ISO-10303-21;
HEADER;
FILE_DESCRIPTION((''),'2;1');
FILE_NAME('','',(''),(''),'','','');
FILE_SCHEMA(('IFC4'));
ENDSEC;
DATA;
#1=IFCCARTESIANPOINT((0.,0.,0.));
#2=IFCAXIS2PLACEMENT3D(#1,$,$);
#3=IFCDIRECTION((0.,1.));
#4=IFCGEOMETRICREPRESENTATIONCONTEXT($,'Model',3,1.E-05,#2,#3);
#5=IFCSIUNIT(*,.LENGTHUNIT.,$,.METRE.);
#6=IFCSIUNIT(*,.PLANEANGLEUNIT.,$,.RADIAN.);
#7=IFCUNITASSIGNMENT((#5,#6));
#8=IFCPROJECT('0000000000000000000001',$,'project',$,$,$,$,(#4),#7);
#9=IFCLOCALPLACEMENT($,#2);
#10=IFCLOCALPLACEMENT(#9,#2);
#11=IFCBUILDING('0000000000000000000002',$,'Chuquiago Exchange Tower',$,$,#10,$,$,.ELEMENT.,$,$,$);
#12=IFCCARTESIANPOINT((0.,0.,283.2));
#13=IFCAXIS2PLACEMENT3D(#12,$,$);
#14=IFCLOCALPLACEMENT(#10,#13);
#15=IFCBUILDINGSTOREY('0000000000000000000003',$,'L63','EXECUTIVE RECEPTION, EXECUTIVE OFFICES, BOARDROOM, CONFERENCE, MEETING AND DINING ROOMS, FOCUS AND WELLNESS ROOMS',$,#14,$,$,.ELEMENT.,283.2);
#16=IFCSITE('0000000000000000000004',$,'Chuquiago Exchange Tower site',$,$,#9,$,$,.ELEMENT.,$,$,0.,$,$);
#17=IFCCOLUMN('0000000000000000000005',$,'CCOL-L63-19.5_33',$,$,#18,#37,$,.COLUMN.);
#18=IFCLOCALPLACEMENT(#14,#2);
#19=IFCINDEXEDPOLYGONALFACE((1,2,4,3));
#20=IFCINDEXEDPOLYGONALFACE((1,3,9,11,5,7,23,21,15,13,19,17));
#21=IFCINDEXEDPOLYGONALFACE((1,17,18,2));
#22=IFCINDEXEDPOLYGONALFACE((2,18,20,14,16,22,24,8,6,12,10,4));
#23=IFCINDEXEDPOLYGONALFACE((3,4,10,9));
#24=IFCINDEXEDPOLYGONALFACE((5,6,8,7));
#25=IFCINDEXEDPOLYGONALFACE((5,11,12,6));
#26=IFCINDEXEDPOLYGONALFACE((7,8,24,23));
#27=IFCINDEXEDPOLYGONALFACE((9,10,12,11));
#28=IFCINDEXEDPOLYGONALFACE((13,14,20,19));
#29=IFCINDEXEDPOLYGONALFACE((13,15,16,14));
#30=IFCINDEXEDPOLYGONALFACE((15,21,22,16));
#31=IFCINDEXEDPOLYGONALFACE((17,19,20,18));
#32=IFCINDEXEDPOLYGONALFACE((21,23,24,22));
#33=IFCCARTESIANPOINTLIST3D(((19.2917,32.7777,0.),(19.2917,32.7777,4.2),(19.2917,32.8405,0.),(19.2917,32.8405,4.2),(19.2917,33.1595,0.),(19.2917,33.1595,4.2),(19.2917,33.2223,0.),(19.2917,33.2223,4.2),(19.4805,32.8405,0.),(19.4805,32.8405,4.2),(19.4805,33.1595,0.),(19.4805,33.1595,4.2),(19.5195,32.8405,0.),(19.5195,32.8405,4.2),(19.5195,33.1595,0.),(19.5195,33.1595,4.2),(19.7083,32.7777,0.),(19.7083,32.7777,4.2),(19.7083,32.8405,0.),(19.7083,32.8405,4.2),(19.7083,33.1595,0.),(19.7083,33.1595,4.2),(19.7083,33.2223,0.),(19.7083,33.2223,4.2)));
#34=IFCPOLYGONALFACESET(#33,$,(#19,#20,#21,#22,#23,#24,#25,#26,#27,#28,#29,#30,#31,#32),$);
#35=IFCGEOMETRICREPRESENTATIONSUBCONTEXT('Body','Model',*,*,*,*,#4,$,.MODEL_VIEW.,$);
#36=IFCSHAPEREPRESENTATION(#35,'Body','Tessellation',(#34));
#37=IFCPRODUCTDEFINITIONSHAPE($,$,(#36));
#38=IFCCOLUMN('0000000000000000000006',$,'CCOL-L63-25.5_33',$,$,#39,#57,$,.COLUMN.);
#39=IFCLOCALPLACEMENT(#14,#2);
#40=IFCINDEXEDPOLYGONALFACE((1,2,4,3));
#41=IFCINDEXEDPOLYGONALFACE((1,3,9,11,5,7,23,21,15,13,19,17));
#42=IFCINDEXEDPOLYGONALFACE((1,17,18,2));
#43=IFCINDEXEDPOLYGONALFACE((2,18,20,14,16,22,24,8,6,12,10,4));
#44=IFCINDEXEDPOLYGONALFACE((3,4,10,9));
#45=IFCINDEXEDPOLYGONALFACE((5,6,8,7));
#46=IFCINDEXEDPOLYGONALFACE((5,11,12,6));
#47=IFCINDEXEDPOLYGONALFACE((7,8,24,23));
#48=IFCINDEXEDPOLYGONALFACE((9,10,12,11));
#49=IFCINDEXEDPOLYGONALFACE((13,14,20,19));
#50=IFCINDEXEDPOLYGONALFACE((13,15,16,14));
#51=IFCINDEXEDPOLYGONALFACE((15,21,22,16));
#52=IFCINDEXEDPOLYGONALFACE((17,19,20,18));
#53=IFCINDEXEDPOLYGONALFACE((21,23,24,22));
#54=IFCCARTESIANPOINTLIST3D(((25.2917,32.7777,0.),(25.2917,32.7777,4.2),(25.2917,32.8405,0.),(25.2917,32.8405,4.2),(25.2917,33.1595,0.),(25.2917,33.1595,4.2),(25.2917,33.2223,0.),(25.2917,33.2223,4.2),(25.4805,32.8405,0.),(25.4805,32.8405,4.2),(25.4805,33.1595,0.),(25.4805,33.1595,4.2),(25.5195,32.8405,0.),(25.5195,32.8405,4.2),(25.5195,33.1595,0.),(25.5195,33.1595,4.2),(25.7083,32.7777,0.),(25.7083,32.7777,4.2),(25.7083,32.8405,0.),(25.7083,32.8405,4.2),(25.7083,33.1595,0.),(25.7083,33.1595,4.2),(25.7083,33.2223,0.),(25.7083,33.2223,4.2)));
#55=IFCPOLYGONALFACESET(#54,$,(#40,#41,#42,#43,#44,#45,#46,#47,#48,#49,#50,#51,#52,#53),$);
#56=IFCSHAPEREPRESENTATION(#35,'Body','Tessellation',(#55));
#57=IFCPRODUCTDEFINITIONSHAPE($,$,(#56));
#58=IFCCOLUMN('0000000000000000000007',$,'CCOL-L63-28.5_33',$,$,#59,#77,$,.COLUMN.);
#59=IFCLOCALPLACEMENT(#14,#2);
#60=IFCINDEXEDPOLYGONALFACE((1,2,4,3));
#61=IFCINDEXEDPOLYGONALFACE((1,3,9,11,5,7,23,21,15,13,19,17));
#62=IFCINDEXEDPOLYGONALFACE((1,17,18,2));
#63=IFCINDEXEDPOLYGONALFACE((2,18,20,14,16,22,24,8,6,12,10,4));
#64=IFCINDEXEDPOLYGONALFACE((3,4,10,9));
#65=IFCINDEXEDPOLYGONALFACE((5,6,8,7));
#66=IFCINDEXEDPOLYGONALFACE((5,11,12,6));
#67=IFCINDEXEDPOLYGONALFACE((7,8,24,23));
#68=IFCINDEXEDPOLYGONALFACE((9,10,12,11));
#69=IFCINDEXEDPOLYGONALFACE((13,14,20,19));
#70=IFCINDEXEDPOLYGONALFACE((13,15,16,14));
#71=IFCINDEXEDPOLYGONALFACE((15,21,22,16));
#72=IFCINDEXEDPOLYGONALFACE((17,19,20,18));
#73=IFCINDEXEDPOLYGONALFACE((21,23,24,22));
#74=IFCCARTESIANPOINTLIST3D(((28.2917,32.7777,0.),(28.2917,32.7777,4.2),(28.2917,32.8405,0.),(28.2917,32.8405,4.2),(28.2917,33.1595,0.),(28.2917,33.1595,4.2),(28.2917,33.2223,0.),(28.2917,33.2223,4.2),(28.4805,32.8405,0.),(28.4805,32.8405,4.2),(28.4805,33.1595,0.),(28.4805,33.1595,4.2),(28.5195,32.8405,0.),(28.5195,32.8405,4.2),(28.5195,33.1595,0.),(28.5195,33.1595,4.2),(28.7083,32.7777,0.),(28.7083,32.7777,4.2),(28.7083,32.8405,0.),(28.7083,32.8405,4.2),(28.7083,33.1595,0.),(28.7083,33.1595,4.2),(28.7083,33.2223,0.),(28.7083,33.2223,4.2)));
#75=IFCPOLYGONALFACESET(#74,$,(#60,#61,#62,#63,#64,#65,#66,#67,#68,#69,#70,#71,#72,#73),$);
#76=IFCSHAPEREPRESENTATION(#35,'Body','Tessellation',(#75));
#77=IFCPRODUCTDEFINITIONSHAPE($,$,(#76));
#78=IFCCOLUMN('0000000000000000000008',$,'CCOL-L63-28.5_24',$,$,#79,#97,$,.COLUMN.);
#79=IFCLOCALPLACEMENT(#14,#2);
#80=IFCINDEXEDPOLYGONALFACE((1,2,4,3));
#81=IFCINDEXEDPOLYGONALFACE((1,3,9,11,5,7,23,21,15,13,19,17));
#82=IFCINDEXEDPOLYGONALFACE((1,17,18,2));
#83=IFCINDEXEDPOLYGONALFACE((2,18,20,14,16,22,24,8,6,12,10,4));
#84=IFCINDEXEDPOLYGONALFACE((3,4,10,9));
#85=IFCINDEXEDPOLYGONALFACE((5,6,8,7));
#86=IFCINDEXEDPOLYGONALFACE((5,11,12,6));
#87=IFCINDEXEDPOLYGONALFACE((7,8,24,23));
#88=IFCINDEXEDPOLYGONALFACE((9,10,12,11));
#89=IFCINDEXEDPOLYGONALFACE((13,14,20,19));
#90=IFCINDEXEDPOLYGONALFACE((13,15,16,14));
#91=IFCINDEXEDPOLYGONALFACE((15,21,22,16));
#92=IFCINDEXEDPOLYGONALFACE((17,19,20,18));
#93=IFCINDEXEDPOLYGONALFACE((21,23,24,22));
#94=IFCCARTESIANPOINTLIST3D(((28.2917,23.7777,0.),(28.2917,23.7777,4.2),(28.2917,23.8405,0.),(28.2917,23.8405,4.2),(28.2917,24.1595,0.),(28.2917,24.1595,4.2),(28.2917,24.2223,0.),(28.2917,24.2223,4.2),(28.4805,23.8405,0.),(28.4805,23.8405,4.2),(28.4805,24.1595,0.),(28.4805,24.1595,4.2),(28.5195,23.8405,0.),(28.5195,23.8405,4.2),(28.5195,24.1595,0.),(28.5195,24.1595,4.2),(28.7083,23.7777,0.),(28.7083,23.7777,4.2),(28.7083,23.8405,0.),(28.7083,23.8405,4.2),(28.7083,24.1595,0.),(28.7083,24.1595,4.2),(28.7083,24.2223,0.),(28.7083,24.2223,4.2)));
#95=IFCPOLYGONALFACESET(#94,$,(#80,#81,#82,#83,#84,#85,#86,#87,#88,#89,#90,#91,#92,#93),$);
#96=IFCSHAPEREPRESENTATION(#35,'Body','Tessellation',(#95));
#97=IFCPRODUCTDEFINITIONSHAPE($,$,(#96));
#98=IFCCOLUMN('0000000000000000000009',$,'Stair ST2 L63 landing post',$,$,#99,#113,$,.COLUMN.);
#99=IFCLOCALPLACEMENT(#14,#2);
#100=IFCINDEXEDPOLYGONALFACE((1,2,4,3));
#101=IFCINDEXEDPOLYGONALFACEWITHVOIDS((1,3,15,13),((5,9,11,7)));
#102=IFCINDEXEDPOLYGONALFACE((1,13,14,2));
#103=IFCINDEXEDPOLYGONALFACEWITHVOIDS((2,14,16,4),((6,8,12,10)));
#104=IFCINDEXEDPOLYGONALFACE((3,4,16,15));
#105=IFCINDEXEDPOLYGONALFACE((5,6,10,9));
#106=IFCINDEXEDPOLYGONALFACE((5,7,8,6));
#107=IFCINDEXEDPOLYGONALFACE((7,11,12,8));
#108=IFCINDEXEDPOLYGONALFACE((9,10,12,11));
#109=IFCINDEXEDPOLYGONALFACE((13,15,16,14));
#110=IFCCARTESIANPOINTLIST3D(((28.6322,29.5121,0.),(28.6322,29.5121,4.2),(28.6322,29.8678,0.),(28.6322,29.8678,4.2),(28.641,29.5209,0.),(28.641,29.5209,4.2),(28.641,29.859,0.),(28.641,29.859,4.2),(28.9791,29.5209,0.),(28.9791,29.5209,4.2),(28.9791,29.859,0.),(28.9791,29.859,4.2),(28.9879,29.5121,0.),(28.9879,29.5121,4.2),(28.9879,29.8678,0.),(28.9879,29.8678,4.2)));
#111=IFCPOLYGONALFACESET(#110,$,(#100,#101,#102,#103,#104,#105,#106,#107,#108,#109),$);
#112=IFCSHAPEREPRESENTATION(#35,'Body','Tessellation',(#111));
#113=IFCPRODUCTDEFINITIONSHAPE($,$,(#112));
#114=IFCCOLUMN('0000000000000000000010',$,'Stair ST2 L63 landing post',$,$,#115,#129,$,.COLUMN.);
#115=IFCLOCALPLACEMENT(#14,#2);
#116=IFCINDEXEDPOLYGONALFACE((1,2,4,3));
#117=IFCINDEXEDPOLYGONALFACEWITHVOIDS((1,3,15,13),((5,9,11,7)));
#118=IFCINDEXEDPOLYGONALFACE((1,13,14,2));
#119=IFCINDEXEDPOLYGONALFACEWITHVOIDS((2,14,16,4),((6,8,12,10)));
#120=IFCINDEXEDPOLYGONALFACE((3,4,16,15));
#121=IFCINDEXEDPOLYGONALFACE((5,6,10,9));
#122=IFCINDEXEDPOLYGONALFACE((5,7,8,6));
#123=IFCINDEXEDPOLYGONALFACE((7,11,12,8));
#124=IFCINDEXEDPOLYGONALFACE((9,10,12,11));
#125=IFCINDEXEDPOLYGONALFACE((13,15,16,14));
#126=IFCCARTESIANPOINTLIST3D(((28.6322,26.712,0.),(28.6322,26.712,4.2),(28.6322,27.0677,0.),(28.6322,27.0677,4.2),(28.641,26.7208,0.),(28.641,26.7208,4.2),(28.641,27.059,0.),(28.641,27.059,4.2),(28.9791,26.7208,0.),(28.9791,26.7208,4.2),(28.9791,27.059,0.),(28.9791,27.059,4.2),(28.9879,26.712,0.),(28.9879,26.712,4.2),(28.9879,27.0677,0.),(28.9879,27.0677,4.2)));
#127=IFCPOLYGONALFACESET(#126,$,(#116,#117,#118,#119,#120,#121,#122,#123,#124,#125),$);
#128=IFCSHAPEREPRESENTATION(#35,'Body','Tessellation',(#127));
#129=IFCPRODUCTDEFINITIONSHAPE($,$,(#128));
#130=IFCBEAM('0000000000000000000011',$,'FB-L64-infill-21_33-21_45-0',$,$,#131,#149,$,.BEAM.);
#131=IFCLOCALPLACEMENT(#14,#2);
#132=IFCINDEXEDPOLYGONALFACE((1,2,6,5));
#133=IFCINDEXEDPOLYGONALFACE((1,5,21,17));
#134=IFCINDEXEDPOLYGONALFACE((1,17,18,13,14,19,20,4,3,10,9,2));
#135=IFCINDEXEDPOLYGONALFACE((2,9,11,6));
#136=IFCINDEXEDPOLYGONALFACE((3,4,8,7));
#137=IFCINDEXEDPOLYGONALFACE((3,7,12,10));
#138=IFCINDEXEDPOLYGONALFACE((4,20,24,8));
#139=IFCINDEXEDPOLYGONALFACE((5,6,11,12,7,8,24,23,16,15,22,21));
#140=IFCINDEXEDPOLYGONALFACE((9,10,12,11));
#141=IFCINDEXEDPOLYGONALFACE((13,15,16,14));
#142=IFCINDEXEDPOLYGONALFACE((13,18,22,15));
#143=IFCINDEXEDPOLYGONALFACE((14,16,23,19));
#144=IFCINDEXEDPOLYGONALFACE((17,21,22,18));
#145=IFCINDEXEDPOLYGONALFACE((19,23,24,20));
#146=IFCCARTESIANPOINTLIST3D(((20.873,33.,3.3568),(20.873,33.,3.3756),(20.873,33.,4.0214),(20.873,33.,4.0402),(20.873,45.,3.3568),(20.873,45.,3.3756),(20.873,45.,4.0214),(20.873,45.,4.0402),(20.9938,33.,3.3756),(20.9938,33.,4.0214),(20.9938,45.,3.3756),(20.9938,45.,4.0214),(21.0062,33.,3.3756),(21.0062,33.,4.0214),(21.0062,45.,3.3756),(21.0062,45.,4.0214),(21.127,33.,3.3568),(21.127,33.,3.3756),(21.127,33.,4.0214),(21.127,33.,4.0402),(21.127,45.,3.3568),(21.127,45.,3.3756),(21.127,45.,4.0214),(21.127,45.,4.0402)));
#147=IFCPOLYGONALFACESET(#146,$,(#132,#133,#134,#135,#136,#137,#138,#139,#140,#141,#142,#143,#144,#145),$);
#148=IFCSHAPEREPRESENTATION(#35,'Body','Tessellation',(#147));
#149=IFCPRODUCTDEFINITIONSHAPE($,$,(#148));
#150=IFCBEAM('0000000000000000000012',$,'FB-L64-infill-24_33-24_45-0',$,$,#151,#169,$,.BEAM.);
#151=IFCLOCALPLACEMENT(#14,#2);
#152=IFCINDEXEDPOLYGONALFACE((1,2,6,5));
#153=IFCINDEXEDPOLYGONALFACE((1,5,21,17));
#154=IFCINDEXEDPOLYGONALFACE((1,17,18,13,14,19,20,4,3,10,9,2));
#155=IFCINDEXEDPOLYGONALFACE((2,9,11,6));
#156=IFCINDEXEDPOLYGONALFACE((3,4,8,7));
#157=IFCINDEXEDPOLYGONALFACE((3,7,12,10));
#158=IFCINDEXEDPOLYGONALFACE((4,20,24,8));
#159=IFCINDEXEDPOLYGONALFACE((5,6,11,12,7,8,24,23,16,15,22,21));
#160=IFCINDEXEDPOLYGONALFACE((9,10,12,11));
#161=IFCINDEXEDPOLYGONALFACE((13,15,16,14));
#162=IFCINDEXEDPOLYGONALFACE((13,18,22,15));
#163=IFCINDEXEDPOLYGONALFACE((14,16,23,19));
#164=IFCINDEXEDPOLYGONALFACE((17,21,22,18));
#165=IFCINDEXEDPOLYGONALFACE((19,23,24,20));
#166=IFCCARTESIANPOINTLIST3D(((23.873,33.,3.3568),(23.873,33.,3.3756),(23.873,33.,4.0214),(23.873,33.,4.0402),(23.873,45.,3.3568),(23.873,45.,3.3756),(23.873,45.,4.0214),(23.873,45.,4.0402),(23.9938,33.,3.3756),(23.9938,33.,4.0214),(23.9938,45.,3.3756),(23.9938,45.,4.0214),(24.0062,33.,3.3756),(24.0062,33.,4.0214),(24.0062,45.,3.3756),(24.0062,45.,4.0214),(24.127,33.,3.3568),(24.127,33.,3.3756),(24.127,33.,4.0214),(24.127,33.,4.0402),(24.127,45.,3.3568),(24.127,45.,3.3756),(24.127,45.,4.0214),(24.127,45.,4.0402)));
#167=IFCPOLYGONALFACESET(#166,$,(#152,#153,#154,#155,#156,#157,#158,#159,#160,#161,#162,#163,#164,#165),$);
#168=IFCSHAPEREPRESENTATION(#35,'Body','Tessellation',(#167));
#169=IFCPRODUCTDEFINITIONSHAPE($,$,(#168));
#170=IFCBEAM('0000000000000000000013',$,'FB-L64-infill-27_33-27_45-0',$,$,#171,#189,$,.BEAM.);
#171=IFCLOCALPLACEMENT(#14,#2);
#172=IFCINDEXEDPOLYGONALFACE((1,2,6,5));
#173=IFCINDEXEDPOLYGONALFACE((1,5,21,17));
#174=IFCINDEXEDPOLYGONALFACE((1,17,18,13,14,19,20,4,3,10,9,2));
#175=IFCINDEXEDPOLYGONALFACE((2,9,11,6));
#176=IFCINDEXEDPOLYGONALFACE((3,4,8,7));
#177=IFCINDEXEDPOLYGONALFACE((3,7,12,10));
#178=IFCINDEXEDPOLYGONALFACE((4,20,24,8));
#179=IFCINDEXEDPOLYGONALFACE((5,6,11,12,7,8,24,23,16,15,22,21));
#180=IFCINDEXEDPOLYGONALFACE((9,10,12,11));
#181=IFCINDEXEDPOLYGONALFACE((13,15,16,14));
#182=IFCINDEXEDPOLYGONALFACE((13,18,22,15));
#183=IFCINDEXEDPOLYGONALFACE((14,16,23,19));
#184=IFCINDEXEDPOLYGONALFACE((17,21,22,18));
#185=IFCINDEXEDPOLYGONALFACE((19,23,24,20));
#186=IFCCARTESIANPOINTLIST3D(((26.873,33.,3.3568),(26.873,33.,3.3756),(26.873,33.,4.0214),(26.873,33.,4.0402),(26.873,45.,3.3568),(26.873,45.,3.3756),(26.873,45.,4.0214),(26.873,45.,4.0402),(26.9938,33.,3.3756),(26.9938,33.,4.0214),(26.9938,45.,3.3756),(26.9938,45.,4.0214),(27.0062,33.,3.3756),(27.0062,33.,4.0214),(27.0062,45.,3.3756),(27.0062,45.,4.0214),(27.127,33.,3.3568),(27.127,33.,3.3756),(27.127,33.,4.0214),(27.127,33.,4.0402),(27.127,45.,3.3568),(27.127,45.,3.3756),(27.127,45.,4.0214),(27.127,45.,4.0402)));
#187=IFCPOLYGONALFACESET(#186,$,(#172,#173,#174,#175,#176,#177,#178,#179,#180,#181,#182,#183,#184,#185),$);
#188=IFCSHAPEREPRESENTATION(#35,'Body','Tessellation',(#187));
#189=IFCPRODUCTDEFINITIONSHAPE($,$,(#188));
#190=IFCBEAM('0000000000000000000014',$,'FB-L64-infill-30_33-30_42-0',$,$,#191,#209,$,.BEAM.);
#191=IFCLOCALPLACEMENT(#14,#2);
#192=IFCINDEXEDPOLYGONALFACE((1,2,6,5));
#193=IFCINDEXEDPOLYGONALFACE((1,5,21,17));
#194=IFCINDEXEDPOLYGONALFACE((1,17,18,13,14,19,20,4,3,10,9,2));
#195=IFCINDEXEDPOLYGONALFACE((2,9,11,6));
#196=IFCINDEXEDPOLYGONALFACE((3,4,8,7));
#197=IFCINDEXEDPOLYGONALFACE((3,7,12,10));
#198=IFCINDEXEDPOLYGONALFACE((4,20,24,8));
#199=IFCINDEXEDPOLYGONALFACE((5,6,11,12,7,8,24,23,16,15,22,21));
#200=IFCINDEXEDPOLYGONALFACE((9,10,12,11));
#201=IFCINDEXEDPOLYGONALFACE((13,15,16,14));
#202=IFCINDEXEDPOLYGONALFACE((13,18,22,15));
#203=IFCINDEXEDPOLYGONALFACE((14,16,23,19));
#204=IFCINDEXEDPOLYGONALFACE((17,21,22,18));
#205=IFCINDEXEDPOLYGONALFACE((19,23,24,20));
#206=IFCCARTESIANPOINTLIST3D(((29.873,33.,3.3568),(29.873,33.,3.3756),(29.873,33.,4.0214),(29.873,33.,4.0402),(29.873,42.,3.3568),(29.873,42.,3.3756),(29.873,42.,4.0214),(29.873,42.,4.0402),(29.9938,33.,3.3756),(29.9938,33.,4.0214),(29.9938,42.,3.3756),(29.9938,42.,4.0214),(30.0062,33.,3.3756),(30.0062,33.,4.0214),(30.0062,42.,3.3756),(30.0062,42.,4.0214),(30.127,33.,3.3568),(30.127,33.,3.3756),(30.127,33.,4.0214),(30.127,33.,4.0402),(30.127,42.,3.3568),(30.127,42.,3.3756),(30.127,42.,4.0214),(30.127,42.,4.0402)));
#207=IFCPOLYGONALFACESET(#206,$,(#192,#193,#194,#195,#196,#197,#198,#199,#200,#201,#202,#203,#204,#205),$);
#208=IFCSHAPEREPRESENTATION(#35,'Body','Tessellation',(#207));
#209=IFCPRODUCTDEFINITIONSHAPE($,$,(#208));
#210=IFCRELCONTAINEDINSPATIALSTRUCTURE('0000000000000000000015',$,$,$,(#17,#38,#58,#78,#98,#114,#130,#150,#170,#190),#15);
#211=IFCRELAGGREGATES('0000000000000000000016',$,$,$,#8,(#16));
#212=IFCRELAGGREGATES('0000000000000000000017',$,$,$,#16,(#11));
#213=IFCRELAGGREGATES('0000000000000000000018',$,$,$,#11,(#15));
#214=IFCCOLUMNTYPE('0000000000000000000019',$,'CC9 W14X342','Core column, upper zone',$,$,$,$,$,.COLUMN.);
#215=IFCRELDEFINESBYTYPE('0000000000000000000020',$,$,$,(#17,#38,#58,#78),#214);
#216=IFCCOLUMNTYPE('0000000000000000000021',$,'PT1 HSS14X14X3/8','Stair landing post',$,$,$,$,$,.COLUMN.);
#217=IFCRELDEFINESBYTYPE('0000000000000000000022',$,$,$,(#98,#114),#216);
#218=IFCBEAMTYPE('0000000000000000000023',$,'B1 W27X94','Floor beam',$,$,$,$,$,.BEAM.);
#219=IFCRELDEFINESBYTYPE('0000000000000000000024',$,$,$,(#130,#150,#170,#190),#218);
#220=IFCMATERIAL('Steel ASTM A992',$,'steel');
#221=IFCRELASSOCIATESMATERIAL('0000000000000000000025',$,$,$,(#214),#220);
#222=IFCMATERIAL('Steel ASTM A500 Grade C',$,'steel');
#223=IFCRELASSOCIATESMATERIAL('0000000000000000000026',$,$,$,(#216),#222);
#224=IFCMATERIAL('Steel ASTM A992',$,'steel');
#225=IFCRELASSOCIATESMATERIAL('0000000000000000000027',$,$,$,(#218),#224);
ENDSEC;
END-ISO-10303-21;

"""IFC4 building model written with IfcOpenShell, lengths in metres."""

from ifc_helpers import new_model, si_unit, direction, frame, origin, origin_2d, place, context, subcontext, project, spatial, hollow_rectangle, i_section, extrude, material, material_profile, profile_set, type_object, element, save


model = new_model("IFC4")

# Units and contexts
model_context = context("Model", 3, precision=1e-05, world=origin(), true_north=direction((0.0, 1.0)))
body_context = subcontext(model_context, "Body", "Model", "MODEL_VIEW")
ifc_project = project(units=[si_unit("LENGTHUNIT", "METRE"), si_unit("PLANEANGLEUNIT", "RADIAN")], contexts=[model_context])

# Site, building, storey
site_placement = place(None, origin())
site = spatial("IfcSite", under=ifc_project, at=site_placement, Name="Chuquiago Exchange Tower site", CompositionType="ELEMENT", RefElevation=0.0)
building_placement = place(site_placement, origin())
building = spatial("IfcBuilding", under=site, at=building_placement, Name="Chuquiago Exchange Tower", CompositionType="ELEMENT")
storey_placement = place(building_placement, frame((0.0, 0.0, 283.2)))
storey = spatial("IfcBuildingStorey", under=building, at=storey_placement, Name="L63", Description="EXECUTIVE RECEPTION, EXECUTIVE OFFICES, BOARDROOM, CONFERENCE, MEETING AND DINING ROOMS, FOCUS AND WELLNESS ROOMS", CompositionType="ELEMENT", Elevation=283.2)

# Columns
ifc_material_1 = material(Name="Steel ASTM A992", Category="steel")
ifc_material_profile_1 = material_profile(ifc_material_1, i_section(OverallWidth=0.4165, OverallDepth=0.4446, WebThickness=0.0391, FlangeThickness=0.0627, at=origin_2d()), Name="W14X342")
ifc_profile_set_1 = profile_set([ifc_material_profile_1], Name="Steel ASTM A992")
column_type_1 = type_object("IfcColumnType", Name="CC9 W14X342", Description="Core column, upper zone", PredefinedType="COLUMN", material=ifc_profile_set_1)
for number, where, z_axis, x_axis, name in (
    (1, (19.5, 33.0, 0.0), (0.0, 0.0, 1.0), (1.0, 0.0, 0.0), "CCOL-L63-19.5_33"),
    (2, (25.5, 33.0, 0.0), (0.0, 0.0, 1.0), (1.0, 0.0, 0.0), "CCOL-L63-25.5_33"),
    (3, (28.5, 33.0, 0.0), (0.0, 0.0, 1.0), (1.0, 0.0, 0.0), "CCOL-L63-28.5_33"),
    (4, (28.5, 24.0, 0.0), (0.0, 0.0, 1.0), (1.0, 0.0, 0.0), "CCOL-L63-28.5_24"),
):
    element("IfcColumn", number, at=place(storey_placement, frame(where, z_axis=z_axis, x_axis=x_axis)), inside=storey, type_object=column_type_1, Name=name, PredefinedType="COLUMN", context=body_context, shape_type="SweptSolid", body=[
        extrude(i_section(OverallWidth=0.4165, OverallDepth=0.4446, WebThickness=0.0391, FlangeThickness=0.0627, at=origin_2d()), origin(), (0.0, 0.0, 1.0), 4.2),
    ])
ifc_material_2 = material(Name="Steel ASTM A500 Grade C", Category="steel")
ifc_material_profile_2 = material_profile(ifc_material_2, hollow_rectangle(XDim=0.3557, YDim=0.3557, WallThickness=0.0088, at=origin_2d()), Name="HSS14X14X3/8")
ifc_profile_set_2 = profile_set([ifc_material_profile_2], Name="Steel ASTM A500 Grade C")
column_type_2 = type_object("IfcColumnType", Name="PT1 HSS14X14X3/8", Description="Stair landing post", PredefinedType="COLUMN", material=ifc_profile_set_2)
for number, where, z_axis, x_axis, name in (
    (5, (28.8101, 29.6899, 0.0), (0.0, 0.0, 1.0), (1.0, 0.0, 0.0), "Stair ST2 L63 landing post"),
    (6, (28.8101, 26.8899, 0.0), (0.0, 0.0, 1.0), (1.0, 0.0, 0.0), "Stair ST2 L63 landing post"),
):
    element("IfcColumn", number, at=place(storey_placement, frame(where, z_axis=z_axis, x_axis=x_axis)), inside=storey, type_object=column_type_2, Name=name, PredefinedType="COLUMN", context=body_context, shape_type="SweptSolid", body=[
        extrude(hollow_rectangle(XDim=0.3557, YDim=0.3557, WallThickness=0.0088, at=origin_2d()), origin(), (0.0, 0.0, 1.0), 4.2),
    ])

# Beams
ifc_material_3 = material(Name="Steel ASTM A992", Category="steel")
ifc_material_profile_3 = material_profile(ifc_material_3, i_section(OverallWidth=0.2539, OverallDepth=0.6833, WebThickness=0.0125, FlangeThickness=0.0188, at=origin_2d()), Name="W27X94")
ifc_profile_set_3 = profile_set([ifc_material_profile_3], Name="Steel ASTM A992")
beam_type_1 = type_object("IfcBeamType", Name="B1 W27X94", Description="Floor beam", PredefinedType="BEAM", material=ifc_profile_set_3)
for number, where, z_axis, x_axis, name in (
    (7, (21.0, 33.0, 3.6985), (0.0, 1.0, 0.0), (-1.0, 0.0, 0.0), "FB-L64-infill-21_33-21_45-0"),
    (8, (24.0, 33.0, 3.6985), (0.0, 1.0, 0.0), (-1.0, 0.0, 0.0), "FB-L64-infill-24_33-24_45-0"),
    (9, (27.0, 33.0, 3.6985), (0.0, 1.0, 0.0), (-1.0, 0.0, 0.0), "FB-L64-infill-27_33-27_45-0"),
):
    element("IfcBeam", number, at=place(storey_placement, frame(where, z_axis=z_axis, x_axis=x_axis)), inside=storey, type_object=beam_type_1, Name=name, PredefinedType="BEAM", context=body_context, shape_type="SweptSolid", body=[
        extrude(i_section(OverallWidth=0.2539, OverallDepth=0.6833, WebThickness=0.0125, FlangeThickness=0.0188, at=origin_2d()), origin(), (0.0, 0.0, 1.0), 12.0),
    ])
beam_1_placement = place(storey_placement, frame((30.0, 33.0, 3.6985), z_axis=(0.0, 1.0, 0.0), x_axis=(-1.0, 0.0, 0.0)))
element("IfcBeam", 10, at=beam_1_placement, inside=storey, type_object=beam_type_1, Name="FB-L64-infill-30_33-30_42-0", PredefinedType="BEAM", context=body_context, shape_type="SweptSolid", body=[
    extrude(i_section(OverallWidth=0.2539, OverallDepth=0.6833, WebThickness=0.0125, FlangeThickness=0.0188, at=origin_2d()), origin(), (0.0, 0.0, 1.0), 9.0),
])

save(model, "model.ifc")
